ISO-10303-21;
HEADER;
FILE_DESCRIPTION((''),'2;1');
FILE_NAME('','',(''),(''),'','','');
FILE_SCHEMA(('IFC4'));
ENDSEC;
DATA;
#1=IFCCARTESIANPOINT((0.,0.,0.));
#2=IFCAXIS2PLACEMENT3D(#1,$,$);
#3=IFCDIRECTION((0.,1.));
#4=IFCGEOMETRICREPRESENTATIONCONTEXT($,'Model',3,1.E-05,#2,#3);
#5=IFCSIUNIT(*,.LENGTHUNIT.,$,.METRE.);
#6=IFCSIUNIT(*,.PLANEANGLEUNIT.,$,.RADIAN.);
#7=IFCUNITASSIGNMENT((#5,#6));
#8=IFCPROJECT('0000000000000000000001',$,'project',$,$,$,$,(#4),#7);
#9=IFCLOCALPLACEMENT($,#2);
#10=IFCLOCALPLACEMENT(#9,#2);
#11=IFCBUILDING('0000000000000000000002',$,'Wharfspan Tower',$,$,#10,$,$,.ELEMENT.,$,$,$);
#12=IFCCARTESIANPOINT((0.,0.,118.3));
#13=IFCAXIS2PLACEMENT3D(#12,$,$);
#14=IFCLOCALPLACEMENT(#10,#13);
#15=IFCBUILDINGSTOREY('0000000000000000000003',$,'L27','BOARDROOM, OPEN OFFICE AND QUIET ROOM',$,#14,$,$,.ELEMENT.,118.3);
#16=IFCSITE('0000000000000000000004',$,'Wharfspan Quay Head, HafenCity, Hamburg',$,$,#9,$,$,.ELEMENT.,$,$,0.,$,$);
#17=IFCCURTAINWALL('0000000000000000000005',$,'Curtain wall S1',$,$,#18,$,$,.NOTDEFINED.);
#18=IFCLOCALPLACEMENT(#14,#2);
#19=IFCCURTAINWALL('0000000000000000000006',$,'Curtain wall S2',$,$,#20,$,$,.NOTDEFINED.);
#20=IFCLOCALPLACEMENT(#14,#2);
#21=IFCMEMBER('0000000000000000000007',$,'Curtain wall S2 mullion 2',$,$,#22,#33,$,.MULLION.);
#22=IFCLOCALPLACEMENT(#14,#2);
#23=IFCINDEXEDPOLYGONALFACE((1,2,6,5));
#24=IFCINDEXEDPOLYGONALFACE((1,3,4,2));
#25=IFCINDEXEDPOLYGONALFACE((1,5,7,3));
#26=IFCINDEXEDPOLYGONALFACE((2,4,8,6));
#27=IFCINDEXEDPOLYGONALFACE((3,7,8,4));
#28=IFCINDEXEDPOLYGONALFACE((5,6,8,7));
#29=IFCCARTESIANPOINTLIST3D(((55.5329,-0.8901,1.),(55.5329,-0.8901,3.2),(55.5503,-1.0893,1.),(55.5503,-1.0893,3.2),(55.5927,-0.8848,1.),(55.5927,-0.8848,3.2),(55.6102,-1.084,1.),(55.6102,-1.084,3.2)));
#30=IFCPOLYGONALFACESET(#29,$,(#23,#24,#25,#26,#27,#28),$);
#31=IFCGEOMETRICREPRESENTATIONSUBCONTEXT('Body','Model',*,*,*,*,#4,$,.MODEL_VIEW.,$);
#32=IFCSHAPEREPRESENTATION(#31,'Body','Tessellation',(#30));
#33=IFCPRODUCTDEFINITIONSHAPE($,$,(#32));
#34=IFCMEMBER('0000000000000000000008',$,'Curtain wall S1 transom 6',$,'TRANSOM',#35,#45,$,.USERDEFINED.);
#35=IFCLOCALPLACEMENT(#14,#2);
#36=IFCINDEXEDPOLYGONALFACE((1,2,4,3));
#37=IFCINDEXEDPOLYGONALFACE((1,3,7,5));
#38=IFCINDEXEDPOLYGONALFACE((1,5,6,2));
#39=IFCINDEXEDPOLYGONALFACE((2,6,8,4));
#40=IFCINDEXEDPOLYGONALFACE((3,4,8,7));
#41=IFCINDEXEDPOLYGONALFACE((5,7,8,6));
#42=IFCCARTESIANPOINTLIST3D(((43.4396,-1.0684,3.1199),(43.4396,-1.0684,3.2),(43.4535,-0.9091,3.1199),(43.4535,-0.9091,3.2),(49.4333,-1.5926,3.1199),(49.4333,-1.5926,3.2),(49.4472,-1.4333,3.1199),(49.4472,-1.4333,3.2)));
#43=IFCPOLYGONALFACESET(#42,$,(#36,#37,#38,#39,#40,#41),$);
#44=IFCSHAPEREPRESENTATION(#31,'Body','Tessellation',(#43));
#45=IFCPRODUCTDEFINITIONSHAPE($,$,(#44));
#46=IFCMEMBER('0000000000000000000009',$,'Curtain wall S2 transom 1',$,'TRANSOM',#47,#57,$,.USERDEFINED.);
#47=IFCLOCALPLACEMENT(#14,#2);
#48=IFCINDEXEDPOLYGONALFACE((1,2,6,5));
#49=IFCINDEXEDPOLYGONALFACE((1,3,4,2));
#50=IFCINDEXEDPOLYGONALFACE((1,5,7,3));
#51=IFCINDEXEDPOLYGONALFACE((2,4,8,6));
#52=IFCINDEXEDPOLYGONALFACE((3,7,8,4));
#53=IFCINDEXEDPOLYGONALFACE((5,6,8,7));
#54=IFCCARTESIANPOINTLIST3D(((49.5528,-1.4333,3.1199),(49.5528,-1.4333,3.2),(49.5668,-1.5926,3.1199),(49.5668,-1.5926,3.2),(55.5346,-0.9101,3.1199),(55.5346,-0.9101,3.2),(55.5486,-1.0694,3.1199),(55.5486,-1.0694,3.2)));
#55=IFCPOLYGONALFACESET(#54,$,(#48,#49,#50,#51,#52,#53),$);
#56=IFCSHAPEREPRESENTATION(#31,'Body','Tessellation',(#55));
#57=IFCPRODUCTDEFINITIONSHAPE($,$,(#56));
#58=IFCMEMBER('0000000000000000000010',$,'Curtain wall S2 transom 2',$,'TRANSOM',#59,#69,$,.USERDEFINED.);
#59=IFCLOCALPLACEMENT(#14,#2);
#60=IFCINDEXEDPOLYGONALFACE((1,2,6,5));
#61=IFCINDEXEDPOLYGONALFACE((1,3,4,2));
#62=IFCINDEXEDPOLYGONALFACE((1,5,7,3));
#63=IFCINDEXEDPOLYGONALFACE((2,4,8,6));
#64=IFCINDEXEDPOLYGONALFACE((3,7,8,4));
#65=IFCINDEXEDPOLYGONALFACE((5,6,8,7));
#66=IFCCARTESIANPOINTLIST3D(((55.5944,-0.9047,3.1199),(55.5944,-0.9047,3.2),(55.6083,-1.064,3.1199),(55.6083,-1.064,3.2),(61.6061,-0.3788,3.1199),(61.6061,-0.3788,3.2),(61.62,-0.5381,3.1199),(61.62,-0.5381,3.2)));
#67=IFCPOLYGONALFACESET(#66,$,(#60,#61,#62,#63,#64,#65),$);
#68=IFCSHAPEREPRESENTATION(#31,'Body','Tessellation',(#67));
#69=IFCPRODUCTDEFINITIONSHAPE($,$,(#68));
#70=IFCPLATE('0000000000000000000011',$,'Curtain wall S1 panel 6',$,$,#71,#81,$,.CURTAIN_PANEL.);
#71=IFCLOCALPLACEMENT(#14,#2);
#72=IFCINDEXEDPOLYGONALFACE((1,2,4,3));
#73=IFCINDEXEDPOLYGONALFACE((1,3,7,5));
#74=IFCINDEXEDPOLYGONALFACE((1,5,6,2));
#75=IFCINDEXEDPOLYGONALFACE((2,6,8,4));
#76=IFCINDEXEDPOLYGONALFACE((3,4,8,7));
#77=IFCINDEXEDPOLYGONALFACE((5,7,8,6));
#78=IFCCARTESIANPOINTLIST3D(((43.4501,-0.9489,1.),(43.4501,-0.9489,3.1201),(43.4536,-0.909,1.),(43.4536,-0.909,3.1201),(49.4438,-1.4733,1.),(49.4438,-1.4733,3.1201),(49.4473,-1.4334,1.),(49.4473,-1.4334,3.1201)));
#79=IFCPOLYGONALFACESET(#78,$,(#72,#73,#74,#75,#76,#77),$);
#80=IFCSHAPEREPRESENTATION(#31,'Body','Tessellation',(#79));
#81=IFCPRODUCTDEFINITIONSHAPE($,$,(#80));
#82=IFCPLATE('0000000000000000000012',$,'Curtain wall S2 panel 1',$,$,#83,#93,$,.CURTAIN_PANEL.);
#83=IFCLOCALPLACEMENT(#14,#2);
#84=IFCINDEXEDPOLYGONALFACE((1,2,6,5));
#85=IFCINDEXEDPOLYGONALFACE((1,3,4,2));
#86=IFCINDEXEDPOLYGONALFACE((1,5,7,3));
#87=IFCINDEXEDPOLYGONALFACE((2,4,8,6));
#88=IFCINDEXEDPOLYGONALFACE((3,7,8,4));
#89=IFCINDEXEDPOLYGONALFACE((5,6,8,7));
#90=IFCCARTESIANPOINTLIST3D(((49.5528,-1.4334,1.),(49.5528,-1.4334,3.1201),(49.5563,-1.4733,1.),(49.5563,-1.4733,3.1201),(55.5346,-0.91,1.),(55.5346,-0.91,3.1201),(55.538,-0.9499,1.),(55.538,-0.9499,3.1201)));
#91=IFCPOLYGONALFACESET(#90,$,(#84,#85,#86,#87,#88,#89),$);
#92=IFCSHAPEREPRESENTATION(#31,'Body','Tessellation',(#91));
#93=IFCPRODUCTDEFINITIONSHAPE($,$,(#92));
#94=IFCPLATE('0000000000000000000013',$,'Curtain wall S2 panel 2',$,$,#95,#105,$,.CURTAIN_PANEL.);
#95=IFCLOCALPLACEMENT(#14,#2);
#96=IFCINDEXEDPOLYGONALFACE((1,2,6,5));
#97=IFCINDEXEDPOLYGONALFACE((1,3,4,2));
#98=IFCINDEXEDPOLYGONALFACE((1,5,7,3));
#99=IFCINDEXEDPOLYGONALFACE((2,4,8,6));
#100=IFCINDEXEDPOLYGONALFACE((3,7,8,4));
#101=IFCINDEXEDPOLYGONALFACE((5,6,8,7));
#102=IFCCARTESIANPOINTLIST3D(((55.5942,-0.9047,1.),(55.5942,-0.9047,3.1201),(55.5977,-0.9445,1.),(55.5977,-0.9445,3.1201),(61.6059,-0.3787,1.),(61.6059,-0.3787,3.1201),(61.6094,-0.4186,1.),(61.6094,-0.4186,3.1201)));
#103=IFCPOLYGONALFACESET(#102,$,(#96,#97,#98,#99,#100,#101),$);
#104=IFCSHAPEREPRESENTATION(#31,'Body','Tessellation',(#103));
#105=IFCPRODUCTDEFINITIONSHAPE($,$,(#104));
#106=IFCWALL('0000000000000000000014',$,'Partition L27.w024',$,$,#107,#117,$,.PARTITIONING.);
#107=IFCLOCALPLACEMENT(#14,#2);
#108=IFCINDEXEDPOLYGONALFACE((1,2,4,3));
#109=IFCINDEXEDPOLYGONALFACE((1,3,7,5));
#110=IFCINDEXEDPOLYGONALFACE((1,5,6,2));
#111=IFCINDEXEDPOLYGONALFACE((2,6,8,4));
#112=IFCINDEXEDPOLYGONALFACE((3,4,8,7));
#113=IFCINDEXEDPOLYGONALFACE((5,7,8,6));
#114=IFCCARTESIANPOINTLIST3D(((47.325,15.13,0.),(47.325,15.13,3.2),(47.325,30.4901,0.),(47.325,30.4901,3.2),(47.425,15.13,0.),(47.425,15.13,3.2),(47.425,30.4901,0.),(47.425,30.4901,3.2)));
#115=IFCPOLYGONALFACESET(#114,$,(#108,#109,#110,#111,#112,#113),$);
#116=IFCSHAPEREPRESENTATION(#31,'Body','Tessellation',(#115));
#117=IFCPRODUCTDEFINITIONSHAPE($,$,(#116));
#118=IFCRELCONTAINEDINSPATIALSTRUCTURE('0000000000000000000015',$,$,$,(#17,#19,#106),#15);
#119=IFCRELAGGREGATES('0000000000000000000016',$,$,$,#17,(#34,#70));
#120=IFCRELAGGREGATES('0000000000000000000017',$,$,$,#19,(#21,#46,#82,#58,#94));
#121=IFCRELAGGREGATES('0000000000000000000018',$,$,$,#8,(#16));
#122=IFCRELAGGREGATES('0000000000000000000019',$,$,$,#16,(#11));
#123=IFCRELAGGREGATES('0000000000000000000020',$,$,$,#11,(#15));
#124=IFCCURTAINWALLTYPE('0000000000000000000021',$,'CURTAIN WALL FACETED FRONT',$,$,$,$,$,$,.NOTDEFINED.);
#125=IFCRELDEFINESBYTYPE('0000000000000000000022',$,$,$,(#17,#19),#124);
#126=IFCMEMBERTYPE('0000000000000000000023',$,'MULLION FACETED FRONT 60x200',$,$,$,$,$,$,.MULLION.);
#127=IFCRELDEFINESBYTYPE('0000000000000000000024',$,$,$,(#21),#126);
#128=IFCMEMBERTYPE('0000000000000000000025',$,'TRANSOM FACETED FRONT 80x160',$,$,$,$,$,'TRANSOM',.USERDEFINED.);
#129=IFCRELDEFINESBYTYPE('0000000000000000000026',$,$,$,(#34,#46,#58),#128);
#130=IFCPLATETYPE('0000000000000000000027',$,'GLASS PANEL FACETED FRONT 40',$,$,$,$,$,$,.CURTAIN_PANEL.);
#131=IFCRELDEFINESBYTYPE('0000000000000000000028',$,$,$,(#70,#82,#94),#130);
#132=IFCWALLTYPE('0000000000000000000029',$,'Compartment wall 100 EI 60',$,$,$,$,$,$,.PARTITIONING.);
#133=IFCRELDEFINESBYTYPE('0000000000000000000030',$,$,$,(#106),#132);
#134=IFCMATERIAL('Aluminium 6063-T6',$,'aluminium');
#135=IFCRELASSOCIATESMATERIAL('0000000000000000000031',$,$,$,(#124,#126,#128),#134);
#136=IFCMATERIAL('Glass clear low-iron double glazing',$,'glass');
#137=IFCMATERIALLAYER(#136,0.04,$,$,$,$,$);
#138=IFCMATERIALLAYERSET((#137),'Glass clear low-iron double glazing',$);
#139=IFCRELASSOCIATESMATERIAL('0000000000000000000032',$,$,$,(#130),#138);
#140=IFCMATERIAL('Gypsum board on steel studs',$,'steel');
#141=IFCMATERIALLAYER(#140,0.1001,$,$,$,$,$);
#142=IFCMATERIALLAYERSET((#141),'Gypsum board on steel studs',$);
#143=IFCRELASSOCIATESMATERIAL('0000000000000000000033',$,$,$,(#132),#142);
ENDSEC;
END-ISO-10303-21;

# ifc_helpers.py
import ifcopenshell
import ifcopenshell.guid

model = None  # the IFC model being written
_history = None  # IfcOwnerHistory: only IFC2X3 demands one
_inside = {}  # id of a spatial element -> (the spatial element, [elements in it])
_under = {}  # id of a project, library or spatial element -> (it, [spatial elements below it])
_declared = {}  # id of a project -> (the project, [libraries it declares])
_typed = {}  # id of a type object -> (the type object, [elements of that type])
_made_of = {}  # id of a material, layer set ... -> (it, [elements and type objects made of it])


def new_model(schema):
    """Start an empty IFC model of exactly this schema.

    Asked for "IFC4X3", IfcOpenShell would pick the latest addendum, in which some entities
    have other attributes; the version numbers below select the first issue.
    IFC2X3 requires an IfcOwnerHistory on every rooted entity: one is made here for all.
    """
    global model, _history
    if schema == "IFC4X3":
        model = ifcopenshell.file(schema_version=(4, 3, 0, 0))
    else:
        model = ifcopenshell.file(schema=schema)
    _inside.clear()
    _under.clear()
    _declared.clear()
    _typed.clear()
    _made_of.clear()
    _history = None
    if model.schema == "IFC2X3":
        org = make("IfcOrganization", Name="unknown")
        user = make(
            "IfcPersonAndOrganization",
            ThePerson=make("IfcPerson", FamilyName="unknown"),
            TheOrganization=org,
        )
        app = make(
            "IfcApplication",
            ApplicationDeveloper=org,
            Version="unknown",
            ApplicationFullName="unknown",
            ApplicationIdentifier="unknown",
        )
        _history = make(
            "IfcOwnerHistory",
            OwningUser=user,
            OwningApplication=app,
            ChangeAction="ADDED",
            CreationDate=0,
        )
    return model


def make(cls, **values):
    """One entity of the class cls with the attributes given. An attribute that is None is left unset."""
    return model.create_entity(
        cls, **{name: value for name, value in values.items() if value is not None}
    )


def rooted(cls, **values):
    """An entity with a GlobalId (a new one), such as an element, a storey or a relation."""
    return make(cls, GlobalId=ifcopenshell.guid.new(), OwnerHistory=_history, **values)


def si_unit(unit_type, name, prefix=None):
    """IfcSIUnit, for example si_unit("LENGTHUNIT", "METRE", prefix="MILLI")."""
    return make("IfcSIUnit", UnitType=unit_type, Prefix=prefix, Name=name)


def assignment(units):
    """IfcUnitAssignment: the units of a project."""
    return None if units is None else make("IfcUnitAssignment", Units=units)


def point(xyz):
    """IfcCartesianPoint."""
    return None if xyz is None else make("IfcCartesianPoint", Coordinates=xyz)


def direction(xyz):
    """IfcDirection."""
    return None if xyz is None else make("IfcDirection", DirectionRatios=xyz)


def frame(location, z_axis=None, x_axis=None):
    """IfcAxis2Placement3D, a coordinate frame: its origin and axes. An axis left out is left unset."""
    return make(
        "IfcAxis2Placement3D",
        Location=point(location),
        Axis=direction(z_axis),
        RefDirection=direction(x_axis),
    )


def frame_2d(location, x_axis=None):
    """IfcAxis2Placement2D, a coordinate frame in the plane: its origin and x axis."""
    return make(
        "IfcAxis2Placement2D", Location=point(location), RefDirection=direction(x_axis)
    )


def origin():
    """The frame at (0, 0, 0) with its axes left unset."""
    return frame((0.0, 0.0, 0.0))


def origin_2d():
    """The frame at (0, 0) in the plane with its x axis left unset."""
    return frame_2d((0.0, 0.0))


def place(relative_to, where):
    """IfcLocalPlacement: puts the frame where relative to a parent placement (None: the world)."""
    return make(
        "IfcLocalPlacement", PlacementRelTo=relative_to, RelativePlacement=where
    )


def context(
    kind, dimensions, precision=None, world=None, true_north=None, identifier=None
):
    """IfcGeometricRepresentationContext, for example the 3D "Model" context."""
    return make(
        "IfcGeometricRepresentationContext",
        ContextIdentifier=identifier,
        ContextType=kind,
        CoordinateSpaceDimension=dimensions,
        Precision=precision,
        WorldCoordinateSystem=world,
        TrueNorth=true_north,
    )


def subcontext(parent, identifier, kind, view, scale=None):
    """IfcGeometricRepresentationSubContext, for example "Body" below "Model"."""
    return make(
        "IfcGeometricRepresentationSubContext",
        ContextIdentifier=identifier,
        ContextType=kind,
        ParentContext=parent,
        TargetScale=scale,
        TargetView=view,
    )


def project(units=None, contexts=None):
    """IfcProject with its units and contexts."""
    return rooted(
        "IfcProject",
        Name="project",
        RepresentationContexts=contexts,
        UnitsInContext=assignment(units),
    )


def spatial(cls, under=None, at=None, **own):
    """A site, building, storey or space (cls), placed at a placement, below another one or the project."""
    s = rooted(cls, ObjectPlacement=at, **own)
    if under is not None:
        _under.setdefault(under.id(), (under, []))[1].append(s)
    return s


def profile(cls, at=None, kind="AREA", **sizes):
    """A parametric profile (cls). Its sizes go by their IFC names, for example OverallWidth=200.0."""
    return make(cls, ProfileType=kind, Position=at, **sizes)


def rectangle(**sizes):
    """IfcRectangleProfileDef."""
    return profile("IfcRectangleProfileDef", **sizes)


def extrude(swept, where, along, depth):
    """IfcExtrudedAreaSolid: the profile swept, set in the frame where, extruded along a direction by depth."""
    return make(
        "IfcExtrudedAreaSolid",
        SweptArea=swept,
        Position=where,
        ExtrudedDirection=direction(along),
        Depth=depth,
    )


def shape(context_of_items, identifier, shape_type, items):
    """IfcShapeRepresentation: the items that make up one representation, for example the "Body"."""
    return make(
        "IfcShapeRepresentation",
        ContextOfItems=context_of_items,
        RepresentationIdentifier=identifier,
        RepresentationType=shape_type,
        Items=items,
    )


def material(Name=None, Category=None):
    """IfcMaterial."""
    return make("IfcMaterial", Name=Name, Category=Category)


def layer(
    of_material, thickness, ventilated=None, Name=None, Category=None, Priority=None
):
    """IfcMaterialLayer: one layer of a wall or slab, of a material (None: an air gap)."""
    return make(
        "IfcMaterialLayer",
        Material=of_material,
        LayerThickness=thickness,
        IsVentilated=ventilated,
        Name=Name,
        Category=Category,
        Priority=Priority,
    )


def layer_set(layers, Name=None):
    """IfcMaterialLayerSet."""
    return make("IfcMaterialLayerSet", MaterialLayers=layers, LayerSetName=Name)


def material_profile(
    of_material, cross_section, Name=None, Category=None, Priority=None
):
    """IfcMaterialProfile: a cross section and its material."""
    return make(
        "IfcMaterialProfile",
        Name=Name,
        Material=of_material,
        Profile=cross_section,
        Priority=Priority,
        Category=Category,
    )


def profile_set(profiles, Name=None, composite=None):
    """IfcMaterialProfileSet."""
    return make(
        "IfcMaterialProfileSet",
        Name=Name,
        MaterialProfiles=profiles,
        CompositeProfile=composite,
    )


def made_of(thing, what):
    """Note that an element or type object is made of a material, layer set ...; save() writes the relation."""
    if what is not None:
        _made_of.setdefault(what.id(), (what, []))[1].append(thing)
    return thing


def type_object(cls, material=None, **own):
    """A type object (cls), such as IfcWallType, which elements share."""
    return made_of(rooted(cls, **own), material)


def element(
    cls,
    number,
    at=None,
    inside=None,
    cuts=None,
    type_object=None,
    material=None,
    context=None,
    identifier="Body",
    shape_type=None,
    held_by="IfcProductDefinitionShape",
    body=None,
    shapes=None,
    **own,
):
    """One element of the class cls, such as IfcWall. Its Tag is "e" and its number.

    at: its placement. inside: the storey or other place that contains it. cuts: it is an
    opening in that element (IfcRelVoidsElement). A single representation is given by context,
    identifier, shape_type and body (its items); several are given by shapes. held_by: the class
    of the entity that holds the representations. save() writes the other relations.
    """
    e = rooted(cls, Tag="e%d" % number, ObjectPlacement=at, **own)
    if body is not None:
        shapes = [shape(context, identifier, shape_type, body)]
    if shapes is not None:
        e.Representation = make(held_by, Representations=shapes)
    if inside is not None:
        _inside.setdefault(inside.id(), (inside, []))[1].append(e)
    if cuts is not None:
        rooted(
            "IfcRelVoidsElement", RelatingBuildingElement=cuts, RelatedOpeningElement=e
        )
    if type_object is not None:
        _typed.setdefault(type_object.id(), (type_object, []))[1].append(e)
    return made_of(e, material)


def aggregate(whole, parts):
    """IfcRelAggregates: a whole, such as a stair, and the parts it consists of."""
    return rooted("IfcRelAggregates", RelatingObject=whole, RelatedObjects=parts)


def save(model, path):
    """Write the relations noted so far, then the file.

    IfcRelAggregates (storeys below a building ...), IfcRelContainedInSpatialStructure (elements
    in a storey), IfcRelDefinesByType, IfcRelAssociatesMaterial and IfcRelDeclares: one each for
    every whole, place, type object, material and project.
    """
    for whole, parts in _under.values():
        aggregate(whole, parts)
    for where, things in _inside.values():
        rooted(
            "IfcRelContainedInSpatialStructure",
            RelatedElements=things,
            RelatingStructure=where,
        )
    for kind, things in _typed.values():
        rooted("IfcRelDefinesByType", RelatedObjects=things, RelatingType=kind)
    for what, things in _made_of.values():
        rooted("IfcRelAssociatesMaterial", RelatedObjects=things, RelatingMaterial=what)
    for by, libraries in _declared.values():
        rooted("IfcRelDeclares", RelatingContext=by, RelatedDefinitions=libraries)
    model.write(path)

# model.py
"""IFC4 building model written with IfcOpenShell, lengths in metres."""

from ifc_helpers import new_model, si_unit, direction, frame, frame_2d, origin, origin_2d, place, context, subcontext, project, spatial, rectangle, extrude, material, layer, layer_set, material_profile, profile_set, type_object, element, aggregate, save


model = new_model("IFC4")

# Units and contexts
model_context = context("Model", 3, precision=1e-05, world=origin(), true_north=direction((0.0, 1.0)))
body_context = subcontext(model_context, "Body", "Model", "MODEL_VIEW")
ifc_project = project(units=[si_unit("LENGTHUNIT", "METRE"), si_unit("PLANEANGLEUNIT", "RADIAN")], contexts=[model_context])

# Site, building, storey
site_placement = place(None, origin())
site = spatial("IfcSite", under=ifc_project, at=site_placement, Name="Wharfspan Quay Head, HafenCity, Hamburg", CompositionType="ELEMENT", RefElevation=0.0)
building_placement = place(site_placement, origin())
building = spatial("IfcBuilding", under=site, at=building_placement, Name="Wharfspan Tower", CompositionType="ELEMENT")
storey_placement = place(building_placement, frame((0.0, 0.0, 118.3)))
storey = spatial("IfcBuildingStorey", under=building, at=storey_placement, Name="L27", Description="BOARDROOM, OPEN OFFICE AND QUIET ROOM", CompositionType="ELEMENT", Elevation=118.3)

# Curtain walls, member
ifc_material_1 = material(Name="Aluminium 6063-T6", Category="aluminium")
curtain_wall_type = type_object("IfcCurtainWallType", Name="CURTAIN WALL FACETED FRONT", PredefinedType="NOTDEFINED", material=ifc_material_1)
curtain_wall_1_placement = place(storey_placement, origin())
curtain_wall_1 = element("IfcCurtainWall", 1, at=curtain_wall_1_placement, inside=storey, type_object=curtain_wall_type, Name="Curtain wall S1", PredefinedType="NOTDEFINED")
ifc_material_profile_1 = material_profile(ifc_material_1, rectangle(XDim=0.2, YDim=0.0601, at=origin_2d()))
ifc_profile_set_1 = profile_set([ifc_material_profile_1], Name="Aluminium 6063-T6")
member_type_1 = type_object("IfcMemberType", Name="MULLION FACETED FRONT 60x200", PredefinedType="MULLION", material=ifc_profile_set_1)
curtain_wall_2_placement = place(storey_placement, origin())
curtain_wall_2 = element("IfcCurtainWall", 2, at=curtain_wall_2_placement, inside=storey, type_object=curtain_wall_type, Name="Curtain wall S2", PredefinedType="NOTDEFINED")
member_1_placement = place(storey_placement, frame((55.5715, -0.9871, 1.0), z_axis=(0.0, 0.0, 1.0), x_axis=(-0.087156, 0.996198, 0.0)))
member_1 = element("IfcMember", 3, at=member_1_placement, type_object=member_type_1, Name="Curtain wall S2 mullion 2", PredefinedType="MULLION", context=body_context, shape_type="SweptSolid", body=[
    extrude(rectangle(XDim=0.2, YDim=0.0601, at=origin_2d()), origin(), (0.0, 0.0, 1.0), 2.2),
])

# Members
ifc_material_profile_2 = material_profile(ifc_material_1, rectangle(XDim=0.1599, YDim=0.0801, at=origin_2d()))
ifc_profile_set_2 = profile_set([ifc_material_profile_2], Name="Aluminium 6063-T6")
member_type_2 = type_object("IfcMemberType", Name="TRANSOM FACETED FRONT 80x160", ElementType="TRANSOM", PredefinedType="USERDEFINED", material=ifc_profile_set_2)
member_2_placement = place(storey_placement, frame((43.4465, -0.9888, 3.1599), z_axis=(0.996198, -0.087122, 0.0), x_axis=(0.087122, 0.996198, 0.0)))
member_2 = element("IfcMember", 4, at=member_2_placement, type_object=member_type_2, Name="Curtain wall S1 transom 6", ObjectType="TRANSOM", PredefinedType="USERDEFINED", context=body_context, shape_type="SweptSolid", body=[
    extrude(rectangle(XDim=0.1599, YDim=0.0801, at=origin_2d()), origin(), (0.0, 0.0, 1.0), 6.0166),
])
member_3_placement = place(storey_placement, frame((49.5598, -1.5129, 3.1599), z_axis=(0.996197, 0.087133, 0.0), x_axis=(-0.087133, 0.996197, 0.0)))
member_3 = element("IfcMember", 5, at=member_3_placement, type_object=member_type_2, Name="Curtain wall S2 transom 1", ObjectType="TRANSOM", PredefinedType="USERDEFINED", context=body_context, shape_type="SweptSolid", body=[
    extrude(rectangle(XDim=0.1599, YDim=0.0801, at=origin_2d()), origin(), (0.0, 0.0, 1.0), 6.0046),
])
member_4_placement = place(storey_placement, frame((55.6013, -0.9844, 3.1599), z_axis=(0.996196, 0.087143, 0.0), x_axis=(-0.087143, 0.996196, 0.0)))
member_4 = element("IfcMember", 6, at=member_4_placement, type_object=member_type_2, Name="Curtain wall S2 transom 2", ObjectType="TRANSOM", PredefinedType="USERDEFINED", context=body_context, shape_type="SweptSolid", body=[
    extrude(rectangle(XDim=0.1599, YDim=0.0801, at=origin_2d()), origin(), (0.0, 0.0, 1.0), 6.0347),
])

# Plates
ifc_material_2 = material(Name="Glass clear low-iron double glazing", Category="glass")
ifc_layer_1 = layer(ifc_material_2, 0.04)
ifc_layer_set_1 = layer_set([ifc_layer_1], Name="Glass clear low-iron double glazing")
plate_type = type_object("IfcPlateType", Name="GLASS PANEL FACETED FRONT 40", PredefinedType="CURTAIN_PANEL", material=ifc_layer_set_1)
plate_1_placement = place(storey_placement, frame((46.4487, -1.1912, 1.0), z_axis=(0.0, 0.0, 1.0), x_axis=(0.996198, -0.087156, 0.0)))
plate_1 = element("IfcPlate", 7, at=plate_1_placement, type_object=plate_type, Name="Curtain wall S1 panel 6", PredefinedType="CURTAIN_PANEL", context=body_context, shape_type="SweptSolid", body=[
    extrude(rectangle(XDim=6.0166, YDim=0.04, at=origin_2d()), origin(), (0.0, 0.0, 1.0), 2.1201),
])
aggregate(curtain_wall_1, [member_2, plate_1])
plate_2_placement = place(storey_placement, frame((52.5454, -1.1917, 1.0), z_axis=(0.0, 0.0, 1.0), x_axis=(0.996198, 0.087156, 0.0)))
plate_2 = element("IfcPlate", 8, at=plate_2_placement, type_object=plate_type, Name="Curtain wall S2 panel 1", PredefinedType="CURTAIN_PANEL", context=body_context, shape_type="SweptSolid", body=[
    extrude(rectangle(XDim=6.0046, YDim=0.04, at=origin_2d()), origin(), (0.0, 0.0, 1.0), 2.1201),
])
plate_3_placement = place(storey_placement, frame((58.6018, -0.6616, 1.0), z_axis=(0.0, 0.0, 1.0), x_axis=(0.996198, 0.087156, 0.0)))
plate_3 = element("IfcPlate", 9, at=plate_3_placement, type_object=plate_type, Name="Curtain wall S2 panel 2", PredefinedType="CURTAIN_PANEL", context=body_context, shape_type="SweptSolid", body=[
    extrude(rectangle(XDim=6.0347, YDim=0.04, at=origin_2d()), origin(), (0.0, 0.0, 1.0), 2.1201),
])
aggregate(curtain_wall_2, [member_1, member_3, plate_2, member_4, plate_3])

# Wall
ifc_material_3 = material(Name="Gypsum board on steel studs", Category="steel")
ifc_layer_2 = layer(ifc_material_3, 0.1001)
ifc_layer_set_2 = layer_set([ifc_layer_2], Name="Gypsum board on steel studs")
wall_type_1 = type_object("IfcWallType", Name="Compartment wall 100 EI 60", PredefinedType="PARTITIONING", material=ifc_layer_set_2)
wall_1_placement = place(storey_placement, frame((47.375, 15.1299, 0.0), z_axis=(0.0, 0.0, 1.0), x_axis=(0.0, 1.0, 0.0)))
element("IfcWall", 10, at=wall_1_placement, inside=storey, type_object=wall_type_1, Name="Partition L27.w024", PredefinedType="PARTITIONING", context=body_context, shape_type="SweptSolid", body=[
    extrude(rectangle(XDim=15.3601, YDim=0.1001, at=frame_2d((7.6802, 0.0))), origin(), (0.0, 0.0, 1.0), 3.2),
])

save(model, "model.ifc")
